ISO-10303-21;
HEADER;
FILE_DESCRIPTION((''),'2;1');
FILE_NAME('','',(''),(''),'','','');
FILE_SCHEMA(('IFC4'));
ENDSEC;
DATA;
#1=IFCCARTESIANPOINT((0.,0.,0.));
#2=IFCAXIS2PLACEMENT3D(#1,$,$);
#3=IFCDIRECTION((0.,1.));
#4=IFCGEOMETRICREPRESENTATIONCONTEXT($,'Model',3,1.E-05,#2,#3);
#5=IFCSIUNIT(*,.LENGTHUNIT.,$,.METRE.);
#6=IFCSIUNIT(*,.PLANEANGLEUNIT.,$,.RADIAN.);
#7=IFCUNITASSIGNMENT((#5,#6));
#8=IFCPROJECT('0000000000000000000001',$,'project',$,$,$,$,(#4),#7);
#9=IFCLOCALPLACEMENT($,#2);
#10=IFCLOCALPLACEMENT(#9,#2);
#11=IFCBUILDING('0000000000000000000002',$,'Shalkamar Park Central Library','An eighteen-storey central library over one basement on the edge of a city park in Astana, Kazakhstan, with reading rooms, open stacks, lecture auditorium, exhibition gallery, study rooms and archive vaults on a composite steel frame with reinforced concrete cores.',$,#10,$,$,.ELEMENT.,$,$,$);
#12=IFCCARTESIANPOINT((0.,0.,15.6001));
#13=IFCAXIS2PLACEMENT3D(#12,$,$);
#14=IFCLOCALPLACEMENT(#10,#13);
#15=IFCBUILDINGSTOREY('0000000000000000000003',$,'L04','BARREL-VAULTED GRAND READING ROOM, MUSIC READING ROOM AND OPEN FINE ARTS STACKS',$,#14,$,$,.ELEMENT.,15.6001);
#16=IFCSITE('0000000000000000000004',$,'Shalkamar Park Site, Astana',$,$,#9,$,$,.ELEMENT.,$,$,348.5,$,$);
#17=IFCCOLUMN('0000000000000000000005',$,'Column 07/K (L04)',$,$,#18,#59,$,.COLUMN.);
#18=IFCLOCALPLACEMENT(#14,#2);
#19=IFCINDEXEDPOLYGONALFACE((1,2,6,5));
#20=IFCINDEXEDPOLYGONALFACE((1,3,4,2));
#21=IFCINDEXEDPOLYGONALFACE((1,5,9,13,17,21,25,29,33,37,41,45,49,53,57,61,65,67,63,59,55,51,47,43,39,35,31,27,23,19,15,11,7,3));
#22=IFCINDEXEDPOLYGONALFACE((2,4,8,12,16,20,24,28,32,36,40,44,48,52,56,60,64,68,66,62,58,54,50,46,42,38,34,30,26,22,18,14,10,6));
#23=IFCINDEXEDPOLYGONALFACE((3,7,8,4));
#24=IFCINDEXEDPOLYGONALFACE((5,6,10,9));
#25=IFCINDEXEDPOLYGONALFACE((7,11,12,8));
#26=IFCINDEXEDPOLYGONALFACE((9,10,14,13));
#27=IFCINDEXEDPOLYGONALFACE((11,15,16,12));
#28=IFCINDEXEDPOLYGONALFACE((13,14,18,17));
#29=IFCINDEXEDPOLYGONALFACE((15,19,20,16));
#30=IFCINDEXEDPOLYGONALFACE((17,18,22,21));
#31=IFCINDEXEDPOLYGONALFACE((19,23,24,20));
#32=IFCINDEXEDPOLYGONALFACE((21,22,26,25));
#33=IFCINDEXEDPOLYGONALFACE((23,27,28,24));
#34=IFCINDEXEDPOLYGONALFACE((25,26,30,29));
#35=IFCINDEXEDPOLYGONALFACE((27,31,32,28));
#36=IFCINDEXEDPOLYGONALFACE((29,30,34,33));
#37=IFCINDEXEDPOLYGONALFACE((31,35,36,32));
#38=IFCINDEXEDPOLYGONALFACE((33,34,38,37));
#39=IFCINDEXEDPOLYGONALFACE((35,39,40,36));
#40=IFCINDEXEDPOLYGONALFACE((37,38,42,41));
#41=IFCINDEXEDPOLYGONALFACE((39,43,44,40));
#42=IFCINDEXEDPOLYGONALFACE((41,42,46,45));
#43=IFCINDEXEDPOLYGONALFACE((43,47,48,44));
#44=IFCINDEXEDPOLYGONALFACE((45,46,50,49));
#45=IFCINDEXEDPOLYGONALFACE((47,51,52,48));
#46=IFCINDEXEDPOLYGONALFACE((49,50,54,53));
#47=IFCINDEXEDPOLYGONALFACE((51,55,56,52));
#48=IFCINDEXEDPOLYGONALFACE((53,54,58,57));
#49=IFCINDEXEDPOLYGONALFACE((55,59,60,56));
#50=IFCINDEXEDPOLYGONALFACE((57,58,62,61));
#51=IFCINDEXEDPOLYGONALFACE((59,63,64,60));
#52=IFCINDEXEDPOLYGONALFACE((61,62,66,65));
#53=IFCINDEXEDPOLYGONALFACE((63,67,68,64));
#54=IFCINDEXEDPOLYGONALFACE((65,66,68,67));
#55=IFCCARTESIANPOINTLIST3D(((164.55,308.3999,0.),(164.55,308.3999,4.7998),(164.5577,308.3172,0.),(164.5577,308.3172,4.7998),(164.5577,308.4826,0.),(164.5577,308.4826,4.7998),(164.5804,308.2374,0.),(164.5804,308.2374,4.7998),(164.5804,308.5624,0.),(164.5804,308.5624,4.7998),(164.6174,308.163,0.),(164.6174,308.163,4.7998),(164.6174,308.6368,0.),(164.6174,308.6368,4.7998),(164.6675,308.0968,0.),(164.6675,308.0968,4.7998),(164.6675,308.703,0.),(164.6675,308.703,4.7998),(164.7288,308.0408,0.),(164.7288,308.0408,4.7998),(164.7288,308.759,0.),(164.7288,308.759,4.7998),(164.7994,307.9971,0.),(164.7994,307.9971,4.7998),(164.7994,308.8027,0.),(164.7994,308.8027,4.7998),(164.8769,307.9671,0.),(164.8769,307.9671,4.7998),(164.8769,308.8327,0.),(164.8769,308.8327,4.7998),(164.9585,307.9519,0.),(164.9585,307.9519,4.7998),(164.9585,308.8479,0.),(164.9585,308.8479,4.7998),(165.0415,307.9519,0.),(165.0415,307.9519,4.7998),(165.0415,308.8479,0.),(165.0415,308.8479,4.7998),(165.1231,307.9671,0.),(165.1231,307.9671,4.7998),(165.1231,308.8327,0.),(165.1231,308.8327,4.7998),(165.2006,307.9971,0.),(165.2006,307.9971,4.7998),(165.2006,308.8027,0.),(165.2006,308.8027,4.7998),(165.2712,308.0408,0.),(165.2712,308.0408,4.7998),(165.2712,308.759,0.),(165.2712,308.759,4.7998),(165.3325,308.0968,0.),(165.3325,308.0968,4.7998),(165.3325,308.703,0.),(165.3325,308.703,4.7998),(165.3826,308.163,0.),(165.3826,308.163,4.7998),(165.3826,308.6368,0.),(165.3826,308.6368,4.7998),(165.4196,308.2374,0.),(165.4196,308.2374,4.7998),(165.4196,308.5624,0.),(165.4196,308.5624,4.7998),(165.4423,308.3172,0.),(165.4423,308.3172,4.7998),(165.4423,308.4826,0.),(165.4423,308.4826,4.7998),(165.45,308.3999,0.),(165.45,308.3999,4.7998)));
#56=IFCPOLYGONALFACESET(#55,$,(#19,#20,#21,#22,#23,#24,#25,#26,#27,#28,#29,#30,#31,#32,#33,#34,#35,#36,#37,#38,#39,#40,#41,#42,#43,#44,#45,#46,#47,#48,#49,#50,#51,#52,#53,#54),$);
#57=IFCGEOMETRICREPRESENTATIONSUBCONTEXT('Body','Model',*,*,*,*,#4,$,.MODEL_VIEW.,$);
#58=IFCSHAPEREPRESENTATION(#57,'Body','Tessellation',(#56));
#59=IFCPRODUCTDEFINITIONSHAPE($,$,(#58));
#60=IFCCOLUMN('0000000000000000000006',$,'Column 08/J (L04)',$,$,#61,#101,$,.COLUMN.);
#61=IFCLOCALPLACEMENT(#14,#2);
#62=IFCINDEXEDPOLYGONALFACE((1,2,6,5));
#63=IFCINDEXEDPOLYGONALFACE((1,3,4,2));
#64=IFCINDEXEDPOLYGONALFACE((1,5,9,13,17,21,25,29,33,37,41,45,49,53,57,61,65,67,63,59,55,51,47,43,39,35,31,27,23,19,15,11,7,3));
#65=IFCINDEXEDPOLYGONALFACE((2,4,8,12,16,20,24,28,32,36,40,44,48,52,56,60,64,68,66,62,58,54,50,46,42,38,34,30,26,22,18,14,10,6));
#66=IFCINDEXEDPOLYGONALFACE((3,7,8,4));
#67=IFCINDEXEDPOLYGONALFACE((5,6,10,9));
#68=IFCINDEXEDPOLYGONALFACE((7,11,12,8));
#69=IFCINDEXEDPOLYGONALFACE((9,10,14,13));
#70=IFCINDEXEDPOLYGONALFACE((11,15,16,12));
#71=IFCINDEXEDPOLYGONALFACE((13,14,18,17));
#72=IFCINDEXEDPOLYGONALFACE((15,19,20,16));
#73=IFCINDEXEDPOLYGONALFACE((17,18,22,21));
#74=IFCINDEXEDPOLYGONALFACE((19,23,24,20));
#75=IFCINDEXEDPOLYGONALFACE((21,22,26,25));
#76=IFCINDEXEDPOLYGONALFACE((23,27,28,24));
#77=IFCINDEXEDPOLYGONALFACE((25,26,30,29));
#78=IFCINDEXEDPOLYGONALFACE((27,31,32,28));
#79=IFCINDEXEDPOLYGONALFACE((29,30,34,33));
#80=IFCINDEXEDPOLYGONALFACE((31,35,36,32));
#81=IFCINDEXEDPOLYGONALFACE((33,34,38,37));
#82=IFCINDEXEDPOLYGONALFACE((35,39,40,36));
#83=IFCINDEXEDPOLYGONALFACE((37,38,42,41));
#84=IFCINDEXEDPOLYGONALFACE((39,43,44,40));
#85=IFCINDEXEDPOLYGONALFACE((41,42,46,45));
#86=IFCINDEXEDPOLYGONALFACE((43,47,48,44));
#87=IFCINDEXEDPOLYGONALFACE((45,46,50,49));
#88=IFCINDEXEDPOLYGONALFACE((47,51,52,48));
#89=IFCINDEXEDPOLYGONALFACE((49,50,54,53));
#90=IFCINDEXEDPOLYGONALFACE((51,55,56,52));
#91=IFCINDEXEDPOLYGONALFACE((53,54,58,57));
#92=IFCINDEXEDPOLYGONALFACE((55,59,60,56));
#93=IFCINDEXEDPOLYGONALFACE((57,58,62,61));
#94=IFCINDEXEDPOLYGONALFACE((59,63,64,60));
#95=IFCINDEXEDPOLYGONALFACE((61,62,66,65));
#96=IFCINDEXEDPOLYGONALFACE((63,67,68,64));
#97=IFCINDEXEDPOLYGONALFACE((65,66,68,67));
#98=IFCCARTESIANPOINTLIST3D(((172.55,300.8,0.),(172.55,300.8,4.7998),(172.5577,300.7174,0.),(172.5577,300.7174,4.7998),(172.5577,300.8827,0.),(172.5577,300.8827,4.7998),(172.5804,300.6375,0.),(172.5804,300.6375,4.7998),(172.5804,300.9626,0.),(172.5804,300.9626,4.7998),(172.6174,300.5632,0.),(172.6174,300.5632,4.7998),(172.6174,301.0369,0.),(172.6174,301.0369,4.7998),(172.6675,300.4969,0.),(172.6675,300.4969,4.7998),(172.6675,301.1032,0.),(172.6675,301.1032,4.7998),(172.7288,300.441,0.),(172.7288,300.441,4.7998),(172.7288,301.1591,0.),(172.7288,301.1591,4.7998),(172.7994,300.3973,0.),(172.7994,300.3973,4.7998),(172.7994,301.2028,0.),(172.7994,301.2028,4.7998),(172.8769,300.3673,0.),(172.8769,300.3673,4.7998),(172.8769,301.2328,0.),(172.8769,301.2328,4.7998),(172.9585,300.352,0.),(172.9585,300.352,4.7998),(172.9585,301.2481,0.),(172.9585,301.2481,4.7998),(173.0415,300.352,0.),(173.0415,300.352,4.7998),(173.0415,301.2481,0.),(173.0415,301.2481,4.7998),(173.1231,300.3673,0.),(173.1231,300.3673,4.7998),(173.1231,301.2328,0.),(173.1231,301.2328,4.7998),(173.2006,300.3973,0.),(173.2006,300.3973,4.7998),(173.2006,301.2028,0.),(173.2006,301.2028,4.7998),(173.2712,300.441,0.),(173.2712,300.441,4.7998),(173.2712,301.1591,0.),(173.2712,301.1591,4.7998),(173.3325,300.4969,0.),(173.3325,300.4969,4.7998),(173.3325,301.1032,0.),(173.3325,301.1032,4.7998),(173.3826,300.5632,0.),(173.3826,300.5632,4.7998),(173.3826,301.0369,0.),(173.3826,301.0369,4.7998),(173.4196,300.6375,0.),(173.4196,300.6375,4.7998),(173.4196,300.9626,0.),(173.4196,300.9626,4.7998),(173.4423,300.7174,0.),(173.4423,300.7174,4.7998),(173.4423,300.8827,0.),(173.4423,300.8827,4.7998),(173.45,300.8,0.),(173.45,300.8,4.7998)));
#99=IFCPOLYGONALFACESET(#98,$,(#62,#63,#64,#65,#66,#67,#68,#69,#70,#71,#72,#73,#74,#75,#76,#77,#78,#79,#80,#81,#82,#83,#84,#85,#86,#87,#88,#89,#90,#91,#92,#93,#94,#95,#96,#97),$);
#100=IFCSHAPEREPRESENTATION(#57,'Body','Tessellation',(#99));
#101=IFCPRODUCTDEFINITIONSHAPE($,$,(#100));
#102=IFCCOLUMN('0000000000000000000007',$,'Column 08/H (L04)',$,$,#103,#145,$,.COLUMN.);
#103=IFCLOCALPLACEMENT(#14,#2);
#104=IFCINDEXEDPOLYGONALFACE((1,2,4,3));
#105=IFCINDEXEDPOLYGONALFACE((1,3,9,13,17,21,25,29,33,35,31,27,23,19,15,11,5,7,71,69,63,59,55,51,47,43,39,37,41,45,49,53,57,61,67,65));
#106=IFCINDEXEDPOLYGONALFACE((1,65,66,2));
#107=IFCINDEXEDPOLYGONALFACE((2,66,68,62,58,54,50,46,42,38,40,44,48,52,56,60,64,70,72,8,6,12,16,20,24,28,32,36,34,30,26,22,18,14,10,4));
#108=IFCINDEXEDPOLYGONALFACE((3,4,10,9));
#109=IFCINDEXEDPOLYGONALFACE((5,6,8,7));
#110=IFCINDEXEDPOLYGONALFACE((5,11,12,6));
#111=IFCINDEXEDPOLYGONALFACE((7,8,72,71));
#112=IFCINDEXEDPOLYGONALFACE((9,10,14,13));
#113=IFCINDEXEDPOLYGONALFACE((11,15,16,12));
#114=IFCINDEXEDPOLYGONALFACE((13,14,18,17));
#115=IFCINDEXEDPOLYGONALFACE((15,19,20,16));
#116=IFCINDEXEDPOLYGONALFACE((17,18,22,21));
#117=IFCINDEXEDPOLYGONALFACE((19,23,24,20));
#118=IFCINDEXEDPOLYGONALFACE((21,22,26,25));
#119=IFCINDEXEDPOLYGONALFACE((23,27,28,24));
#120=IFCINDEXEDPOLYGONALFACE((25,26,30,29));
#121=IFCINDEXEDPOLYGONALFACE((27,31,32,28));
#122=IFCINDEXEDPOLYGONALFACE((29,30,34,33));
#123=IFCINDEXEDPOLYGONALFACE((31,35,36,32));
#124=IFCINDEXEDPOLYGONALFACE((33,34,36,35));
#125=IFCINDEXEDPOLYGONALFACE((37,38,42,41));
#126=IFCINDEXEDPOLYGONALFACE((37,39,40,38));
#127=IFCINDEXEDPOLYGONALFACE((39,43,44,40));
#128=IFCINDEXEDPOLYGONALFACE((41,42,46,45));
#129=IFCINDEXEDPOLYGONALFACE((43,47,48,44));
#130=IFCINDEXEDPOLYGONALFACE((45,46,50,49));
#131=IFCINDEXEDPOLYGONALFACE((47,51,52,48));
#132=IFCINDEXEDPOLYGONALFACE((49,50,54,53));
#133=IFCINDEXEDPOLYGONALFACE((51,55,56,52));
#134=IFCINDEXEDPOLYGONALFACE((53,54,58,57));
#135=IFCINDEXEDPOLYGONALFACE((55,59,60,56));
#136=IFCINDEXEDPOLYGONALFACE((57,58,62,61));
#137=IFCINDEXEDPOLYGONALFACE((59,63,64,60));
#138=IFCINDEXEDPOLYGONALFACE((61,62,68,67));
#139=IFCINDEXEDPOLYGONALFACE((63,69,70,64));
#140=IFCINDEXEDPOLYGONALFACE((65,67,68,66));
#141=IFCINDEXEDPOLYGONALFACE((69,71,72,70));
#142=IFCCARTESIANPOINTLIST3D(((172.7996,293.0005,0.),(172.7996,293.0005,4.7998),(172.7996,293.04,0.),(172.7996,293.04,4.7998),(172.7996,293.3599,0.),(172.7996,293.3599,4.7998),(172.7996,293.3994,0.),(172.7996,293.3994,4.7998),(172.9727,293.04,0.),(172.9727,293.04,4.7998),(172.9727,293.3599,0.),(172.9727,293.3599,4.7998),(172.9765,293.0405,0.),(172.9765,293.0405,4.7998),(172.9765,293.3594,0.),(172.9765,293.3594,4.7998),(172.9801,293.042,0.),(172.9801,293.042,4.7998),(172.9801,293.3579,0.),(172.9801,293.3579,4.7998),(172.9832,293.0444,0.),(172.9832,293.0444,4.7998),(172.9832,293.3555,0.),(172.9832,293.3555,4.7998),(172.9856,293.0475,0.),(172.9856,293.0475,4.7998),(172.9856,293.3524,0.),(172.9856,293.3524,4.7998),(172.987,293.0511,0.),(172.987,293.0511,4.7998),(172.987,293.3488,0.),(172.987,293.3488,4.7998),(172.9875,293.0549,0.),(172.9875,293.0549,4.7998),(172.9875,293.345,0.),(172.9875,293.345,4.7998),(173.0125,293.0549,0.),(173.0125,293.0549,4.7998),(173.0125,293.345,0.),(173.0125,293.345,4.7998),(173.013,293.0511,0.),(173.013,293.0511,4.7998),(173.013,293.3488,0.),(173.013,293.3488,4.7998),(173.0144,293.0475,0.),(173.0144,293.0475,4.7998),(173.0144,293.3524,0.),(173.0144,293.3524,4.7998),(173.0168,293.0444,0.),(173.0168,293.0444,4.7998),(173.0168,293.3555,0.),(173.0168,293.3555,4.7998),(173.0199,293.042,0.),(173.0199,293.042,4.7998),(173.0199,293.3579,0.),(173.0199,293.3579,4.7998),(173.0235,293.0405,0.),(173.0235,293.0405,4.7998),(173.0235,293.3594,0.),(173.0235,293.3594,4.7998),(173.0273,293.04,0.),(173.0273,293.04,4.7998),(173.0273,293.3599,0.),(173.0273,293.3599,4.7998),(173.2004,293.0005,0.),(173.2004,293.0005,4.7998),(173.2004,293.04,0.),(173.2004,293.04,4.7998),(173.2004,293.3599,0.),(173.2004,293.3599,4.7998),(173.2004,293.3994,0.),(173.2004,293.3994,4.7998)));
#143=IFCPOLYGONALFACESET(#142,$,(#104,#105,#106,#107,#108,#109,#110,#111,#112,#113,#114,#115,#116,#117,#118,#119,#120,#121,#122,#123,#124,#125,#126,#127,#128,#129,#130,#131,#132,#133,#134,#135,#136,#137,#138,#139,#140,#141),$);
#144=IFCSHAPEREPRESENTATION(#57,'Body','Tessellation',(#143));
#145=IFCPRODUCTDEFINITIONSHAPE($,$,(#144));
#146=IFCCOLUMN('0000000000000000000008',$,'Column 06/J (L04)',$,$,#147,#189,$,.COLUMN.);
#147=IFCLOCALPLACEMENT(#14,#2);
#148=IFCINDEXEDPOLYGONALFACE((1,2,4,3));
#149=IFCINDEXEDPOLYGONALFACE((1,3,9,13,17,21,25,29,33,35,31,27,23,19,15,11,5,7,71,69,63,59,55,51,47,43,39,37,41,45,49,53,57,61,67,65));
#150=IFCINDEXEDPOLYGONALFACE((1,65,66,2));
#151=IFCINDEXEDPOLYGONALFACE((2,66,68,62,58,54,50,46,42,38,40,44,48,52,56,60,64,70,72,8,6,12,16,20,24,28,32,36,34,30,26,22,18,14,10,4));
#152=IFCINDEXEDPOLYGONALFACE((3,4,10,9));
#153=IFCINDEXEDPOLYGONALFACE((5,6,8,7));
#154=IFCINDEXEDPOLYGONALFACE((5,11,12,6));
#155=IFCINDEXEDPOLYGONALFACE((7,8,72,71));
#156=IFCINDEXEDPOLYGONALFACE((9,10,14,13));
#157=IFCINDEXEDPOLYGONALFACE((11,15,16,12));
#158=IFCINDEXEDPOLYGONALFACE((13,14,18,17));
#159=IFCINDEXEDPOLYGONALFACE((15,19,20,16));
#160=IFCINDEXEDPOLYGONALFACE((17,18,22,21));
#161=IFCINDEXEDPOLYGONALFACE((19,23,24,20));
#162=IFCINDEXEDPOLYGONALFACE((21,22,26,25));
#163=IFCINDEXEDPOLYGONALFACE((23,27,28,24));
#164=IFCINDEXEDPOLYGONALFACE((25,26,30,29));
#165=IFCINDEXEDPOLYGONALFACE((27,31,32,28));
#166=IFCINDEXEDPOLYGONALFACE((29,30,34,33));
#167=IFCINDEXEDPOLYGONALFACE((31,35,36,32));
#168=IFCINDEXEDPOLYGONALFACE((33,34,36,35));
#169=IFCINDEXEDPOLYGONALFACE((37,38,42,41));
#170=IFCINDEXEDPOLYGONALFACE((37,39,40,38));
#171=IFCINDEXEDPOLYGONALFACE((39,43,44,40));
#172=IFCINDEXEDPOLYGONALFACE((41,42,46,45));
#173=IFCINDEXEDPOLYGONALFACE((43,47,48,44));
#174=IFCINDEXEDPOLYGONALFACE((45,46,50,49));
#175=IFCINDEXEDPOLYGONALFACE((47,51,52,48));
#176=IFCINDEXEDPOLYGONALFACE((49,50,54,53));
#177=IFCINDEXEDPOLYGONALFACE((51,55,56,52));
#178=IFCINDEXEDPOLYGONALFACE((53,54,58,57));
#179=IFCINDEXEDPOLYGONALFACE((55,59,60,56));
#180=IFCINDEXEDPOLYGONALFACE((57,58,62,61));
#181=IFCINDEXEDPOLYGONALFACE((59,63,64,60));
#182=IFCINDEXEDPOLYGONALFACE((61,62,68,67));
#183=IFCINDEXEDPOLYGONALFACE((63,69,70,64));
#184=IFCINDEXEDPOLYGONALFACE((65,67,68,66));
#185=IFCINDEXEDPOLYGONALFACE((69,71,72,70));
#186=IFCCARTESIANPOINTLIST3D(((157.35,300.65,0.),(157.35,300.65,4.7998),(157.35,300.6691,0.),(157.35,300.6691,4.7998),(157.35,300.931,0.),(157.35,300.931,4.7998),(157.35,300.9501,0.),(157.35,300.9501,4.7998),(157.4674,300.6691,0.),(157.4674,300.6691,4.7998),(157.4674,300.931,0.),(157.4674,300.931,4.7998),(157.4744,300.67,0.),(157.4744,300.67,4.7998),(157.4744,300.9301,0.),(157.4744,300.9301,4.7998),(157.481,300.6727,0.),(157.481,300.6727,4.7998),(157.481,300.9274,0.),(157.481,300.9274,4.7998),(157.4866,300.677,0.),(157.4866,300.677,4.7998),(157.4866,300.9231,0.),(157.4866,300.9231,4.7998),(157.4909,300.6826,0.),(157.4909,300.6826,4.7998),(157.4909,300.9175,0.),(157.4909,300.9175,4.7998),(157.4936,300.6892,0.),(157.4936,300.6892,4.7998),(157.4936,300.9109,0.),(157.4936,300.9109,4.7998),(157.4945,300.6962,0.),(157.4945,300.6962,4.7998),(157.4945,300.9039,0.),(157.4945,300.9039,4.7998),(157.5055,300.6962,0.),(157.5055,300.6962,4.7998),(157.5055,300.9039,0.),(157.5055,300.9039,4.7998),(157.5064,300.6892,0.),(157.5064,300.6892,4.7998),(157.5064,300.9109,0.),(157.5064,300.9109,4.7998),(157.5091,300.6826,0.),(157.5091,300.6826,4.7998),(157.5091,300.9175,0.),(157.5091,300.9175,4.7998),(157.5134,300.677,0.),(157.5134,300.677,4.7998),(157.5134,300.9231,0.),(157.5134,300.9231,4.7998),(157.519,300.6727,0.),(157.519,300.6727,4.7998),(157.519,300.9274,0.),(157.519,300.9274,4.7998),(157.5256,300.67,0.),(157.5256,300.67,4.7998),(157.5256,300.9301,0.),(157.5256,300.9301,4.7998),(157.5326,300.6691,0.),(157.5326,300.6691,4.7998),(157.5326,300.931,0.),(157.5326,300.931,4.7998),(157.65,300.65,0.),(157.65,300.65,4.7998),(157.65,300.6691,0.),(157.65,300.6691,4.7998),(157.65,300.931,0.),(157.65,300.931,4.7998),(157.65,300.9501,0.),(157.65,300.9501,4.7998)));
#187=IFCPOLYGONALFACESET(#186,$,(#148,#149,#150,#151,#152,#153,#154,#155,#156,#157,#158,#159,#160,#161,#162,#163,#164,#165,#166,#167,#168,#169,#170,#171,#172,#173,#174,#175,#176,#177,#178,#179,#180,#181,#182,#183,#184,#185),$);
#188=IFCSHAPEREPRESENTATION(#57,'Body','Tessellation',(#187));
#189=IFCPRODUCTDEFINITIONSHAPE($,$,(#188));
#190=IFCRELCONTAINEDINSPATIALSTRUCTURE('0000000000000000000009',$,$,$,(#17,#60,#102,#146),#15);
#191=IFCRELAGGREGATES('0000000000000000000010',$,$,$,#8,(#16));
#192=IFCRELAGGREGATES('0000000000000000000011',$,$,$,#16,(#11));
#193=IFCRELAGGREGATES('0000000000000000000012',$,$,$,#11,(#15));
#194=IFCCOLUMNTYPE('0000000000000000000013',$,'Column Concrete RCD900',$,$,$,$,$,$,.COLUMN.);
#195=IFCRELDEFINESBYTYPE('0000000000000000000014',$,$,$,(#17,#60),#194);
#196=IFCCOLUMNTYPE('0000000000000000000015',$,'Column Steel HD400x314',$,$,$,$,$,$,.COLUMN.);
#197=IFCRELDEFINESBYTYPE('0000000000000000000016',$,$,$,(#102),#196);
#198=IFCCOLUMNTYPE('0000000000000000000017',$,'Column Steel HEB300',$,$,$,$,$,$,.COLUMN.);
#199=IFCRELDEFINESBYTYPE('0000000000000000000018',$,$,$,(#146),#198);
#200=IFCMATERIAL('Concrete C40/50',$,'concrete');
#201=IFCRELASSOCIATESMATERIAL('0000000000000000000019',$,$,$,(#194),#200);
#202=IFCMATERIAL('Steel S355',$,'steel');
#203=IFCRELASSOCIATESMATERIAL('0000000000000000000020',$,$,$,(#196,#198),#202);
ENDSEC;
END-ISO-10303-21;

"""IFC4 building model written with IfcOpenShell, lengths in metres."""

from ifc_helpers import new_model, si_unit, direction, frame, origin, origin_2d, place, context, subcontext, project, spatial, circle, i_section, extrude, material, material_profile, profile_set, type_object, element, save


model = new_model("IFC4")

# Units and contexts
model_context = context("Model", 3, precision=1e-05, world=origin(), true_north=direction((0.0, 1.0)))
body_context = subcontext(model_context, "Body", "Model", "MODEL_VIEW")
ifc_project = project(units=[si_unit("LENGTHUNIT", "METRE"), si_unit("PLANEANGLEUNIT", "RADIAN")], contexts=[model_context])

# Site, building, storey
site_placement = place(None, origin())
site = spatial("IfcSite", under=ifc_project, at=site_placement, Name="Shalkamar Park Site, Astana", CompositionType="ELEMENT", RefElevation=348.5)
building_placement = place(site_placement, origin())
building = spatial("IfcBuilding", under=site, at=building_placement, Name="Shalkamar Park Central Library", Description="An eighteen-storey central library over one basement on the edge of a city park in Astana, Kazakhstan, with reading rooms, open stacks, lecture auditorium, exhibition gallery, study rooms and archive vaults on a composite steel frame with reinforced concrete cores.", CompositionType="ELEMENT")
storey_placement = place(building_placement, frame((0.0, 0.0, 15.6001)))
storey = spatial("IfcBuildingStorey", under=building, at=storey_placement, Name="L04", Description="BARREL-VAULTED GRAND READING ROOM, MUSIC READING ROOM AND OPEN FINE ARTS STACKS", CompositionType="ELEMENT", Elevation=15.6001)

# Columns
ifc_material_1 = material(Name="Concrete C40/50", Category="concrete")
ifc_material_profile_1 = material_profile(ifc_material_1, circle(Radius=0.45, at=origin_2d()), Name="RC D900")
ifc_profile_set_1 = profile_set([ifc_material_profile_1], Name="Concrete C40/50")
column_type_1 = type_object("IfcColumnType", Name="Column Concrete RCD900", PredefinedType="COLUMN", material=ifc_profile_set_1)
for number, where, z_axis, x_axis, name in (
    (1, (165.0, 308.3999, 0.0), (0.0, 0.0, 1.0), (1.0, 0.0, 0.0), "Column 07/K (L04)"),
    (2, (173.0, 300.8, 0.0), (0.0, 0.0, 1.0), (1.0, 0.0, 0.0), "Column 08/J (L04)"),
):
    element("IfcColumn", number, at=place(storey_placement, frame(where, z_axis=z_axis, x_axis=x_axis)), inside=storey, type_object=column_type_1, Name=name, PredefinedType="COLUMN", context=body_context, shape_type="SweptSolid", body=[
        extrude(circle(Radius=0.45, at=origin_2d()), origin(), (0.0, 0.0, 1.0), 4.7998),
    ])
ifc_material_2 = material(Name="Steel S355", Category="steel")
ifc_material_profile_2 = material_profile(ifc_material_2, i_section(OverallWidth=0.4009, OverallDepth=0.3989, WebThickness=0.0249, FlangeThickness=0.0396, FilletRadius=0.0149, at=origin_2d()), Name="HD 400x314")
ifc_profile_set_2 = profile_set([ifc_material_profile_2], Name="Steel S355")
column_type_2 = type_object("IfcColumnType", Name="Column Steel HD400x314", PredefinedType="COLUMN", material=ifc_profile_set_2)
column_1_placement = place(storey_placement, frame((173.0, 293.2, 0.0), z_axis=(0.0, 0.0, 1.0), x_axis=(1.0, 0.0, 0.0)))
element("IfcColumn", 3, at=column_1_placement, inside=storey, type_object=column_type_2, Name="Column 08/H (L04)", PredefinedType="COLUMN", context=body_context, shape_type="SweptSolid", body=[
    extrude(i_section(OverallWidth=0.4009, OverallDepth=0.3989, WebThickness=0.0249, FlangeThickness=0.0396, FilletRadius=0.0149, at=origin_2d()), origin(), (0.0, 0.0, 1.0), 4.7998),
])
ifc_material_profile_3 = material_profile(ifc_material_2, i_section(OverallWidth=0.3, OverallDepth=0.3, WebThickness=0.011, FlangeThickness=0.019, FilletRadius=0.0271, at=origin_2d()), Name="HEB 300")
ifc_profile_set_3 = profile_set([ifc_material_profile_3], Name="Steel S355")
column_type_3 = type_object("IfcColumnType", Name="Column Steel HEB300", PredefinedType="COLUMN", material=ifc_profile_set_3)
for number, where, z_axis, x_axis, name in (
    (4, (157.5, 300.8, 0.0), (0.0, 0.0, 1.0), (1.0, 0.0, 0.0), "Column 06/J (L04)"),
):
    element("IfcColumn", number, at=place(storey_placement, frame(where, z_axis=z_axis, x_axis=x_axis)), inside=storey, type_object=column_type_3, Name=name, PredefinedType="COLUMN", context=body_context, shape_type="SweptSolid", body=[
        extrude(i_section(OverallWidth=0.3, OverallDepth=0.3, WebThickness=0.011, FlangeThickness=0.019, FilletRadius=0.0271, at=origin_2d()), origin(), (0.0, 0.0, 1.0), 4.7998),
    ])

save(model, "model.ifc")
